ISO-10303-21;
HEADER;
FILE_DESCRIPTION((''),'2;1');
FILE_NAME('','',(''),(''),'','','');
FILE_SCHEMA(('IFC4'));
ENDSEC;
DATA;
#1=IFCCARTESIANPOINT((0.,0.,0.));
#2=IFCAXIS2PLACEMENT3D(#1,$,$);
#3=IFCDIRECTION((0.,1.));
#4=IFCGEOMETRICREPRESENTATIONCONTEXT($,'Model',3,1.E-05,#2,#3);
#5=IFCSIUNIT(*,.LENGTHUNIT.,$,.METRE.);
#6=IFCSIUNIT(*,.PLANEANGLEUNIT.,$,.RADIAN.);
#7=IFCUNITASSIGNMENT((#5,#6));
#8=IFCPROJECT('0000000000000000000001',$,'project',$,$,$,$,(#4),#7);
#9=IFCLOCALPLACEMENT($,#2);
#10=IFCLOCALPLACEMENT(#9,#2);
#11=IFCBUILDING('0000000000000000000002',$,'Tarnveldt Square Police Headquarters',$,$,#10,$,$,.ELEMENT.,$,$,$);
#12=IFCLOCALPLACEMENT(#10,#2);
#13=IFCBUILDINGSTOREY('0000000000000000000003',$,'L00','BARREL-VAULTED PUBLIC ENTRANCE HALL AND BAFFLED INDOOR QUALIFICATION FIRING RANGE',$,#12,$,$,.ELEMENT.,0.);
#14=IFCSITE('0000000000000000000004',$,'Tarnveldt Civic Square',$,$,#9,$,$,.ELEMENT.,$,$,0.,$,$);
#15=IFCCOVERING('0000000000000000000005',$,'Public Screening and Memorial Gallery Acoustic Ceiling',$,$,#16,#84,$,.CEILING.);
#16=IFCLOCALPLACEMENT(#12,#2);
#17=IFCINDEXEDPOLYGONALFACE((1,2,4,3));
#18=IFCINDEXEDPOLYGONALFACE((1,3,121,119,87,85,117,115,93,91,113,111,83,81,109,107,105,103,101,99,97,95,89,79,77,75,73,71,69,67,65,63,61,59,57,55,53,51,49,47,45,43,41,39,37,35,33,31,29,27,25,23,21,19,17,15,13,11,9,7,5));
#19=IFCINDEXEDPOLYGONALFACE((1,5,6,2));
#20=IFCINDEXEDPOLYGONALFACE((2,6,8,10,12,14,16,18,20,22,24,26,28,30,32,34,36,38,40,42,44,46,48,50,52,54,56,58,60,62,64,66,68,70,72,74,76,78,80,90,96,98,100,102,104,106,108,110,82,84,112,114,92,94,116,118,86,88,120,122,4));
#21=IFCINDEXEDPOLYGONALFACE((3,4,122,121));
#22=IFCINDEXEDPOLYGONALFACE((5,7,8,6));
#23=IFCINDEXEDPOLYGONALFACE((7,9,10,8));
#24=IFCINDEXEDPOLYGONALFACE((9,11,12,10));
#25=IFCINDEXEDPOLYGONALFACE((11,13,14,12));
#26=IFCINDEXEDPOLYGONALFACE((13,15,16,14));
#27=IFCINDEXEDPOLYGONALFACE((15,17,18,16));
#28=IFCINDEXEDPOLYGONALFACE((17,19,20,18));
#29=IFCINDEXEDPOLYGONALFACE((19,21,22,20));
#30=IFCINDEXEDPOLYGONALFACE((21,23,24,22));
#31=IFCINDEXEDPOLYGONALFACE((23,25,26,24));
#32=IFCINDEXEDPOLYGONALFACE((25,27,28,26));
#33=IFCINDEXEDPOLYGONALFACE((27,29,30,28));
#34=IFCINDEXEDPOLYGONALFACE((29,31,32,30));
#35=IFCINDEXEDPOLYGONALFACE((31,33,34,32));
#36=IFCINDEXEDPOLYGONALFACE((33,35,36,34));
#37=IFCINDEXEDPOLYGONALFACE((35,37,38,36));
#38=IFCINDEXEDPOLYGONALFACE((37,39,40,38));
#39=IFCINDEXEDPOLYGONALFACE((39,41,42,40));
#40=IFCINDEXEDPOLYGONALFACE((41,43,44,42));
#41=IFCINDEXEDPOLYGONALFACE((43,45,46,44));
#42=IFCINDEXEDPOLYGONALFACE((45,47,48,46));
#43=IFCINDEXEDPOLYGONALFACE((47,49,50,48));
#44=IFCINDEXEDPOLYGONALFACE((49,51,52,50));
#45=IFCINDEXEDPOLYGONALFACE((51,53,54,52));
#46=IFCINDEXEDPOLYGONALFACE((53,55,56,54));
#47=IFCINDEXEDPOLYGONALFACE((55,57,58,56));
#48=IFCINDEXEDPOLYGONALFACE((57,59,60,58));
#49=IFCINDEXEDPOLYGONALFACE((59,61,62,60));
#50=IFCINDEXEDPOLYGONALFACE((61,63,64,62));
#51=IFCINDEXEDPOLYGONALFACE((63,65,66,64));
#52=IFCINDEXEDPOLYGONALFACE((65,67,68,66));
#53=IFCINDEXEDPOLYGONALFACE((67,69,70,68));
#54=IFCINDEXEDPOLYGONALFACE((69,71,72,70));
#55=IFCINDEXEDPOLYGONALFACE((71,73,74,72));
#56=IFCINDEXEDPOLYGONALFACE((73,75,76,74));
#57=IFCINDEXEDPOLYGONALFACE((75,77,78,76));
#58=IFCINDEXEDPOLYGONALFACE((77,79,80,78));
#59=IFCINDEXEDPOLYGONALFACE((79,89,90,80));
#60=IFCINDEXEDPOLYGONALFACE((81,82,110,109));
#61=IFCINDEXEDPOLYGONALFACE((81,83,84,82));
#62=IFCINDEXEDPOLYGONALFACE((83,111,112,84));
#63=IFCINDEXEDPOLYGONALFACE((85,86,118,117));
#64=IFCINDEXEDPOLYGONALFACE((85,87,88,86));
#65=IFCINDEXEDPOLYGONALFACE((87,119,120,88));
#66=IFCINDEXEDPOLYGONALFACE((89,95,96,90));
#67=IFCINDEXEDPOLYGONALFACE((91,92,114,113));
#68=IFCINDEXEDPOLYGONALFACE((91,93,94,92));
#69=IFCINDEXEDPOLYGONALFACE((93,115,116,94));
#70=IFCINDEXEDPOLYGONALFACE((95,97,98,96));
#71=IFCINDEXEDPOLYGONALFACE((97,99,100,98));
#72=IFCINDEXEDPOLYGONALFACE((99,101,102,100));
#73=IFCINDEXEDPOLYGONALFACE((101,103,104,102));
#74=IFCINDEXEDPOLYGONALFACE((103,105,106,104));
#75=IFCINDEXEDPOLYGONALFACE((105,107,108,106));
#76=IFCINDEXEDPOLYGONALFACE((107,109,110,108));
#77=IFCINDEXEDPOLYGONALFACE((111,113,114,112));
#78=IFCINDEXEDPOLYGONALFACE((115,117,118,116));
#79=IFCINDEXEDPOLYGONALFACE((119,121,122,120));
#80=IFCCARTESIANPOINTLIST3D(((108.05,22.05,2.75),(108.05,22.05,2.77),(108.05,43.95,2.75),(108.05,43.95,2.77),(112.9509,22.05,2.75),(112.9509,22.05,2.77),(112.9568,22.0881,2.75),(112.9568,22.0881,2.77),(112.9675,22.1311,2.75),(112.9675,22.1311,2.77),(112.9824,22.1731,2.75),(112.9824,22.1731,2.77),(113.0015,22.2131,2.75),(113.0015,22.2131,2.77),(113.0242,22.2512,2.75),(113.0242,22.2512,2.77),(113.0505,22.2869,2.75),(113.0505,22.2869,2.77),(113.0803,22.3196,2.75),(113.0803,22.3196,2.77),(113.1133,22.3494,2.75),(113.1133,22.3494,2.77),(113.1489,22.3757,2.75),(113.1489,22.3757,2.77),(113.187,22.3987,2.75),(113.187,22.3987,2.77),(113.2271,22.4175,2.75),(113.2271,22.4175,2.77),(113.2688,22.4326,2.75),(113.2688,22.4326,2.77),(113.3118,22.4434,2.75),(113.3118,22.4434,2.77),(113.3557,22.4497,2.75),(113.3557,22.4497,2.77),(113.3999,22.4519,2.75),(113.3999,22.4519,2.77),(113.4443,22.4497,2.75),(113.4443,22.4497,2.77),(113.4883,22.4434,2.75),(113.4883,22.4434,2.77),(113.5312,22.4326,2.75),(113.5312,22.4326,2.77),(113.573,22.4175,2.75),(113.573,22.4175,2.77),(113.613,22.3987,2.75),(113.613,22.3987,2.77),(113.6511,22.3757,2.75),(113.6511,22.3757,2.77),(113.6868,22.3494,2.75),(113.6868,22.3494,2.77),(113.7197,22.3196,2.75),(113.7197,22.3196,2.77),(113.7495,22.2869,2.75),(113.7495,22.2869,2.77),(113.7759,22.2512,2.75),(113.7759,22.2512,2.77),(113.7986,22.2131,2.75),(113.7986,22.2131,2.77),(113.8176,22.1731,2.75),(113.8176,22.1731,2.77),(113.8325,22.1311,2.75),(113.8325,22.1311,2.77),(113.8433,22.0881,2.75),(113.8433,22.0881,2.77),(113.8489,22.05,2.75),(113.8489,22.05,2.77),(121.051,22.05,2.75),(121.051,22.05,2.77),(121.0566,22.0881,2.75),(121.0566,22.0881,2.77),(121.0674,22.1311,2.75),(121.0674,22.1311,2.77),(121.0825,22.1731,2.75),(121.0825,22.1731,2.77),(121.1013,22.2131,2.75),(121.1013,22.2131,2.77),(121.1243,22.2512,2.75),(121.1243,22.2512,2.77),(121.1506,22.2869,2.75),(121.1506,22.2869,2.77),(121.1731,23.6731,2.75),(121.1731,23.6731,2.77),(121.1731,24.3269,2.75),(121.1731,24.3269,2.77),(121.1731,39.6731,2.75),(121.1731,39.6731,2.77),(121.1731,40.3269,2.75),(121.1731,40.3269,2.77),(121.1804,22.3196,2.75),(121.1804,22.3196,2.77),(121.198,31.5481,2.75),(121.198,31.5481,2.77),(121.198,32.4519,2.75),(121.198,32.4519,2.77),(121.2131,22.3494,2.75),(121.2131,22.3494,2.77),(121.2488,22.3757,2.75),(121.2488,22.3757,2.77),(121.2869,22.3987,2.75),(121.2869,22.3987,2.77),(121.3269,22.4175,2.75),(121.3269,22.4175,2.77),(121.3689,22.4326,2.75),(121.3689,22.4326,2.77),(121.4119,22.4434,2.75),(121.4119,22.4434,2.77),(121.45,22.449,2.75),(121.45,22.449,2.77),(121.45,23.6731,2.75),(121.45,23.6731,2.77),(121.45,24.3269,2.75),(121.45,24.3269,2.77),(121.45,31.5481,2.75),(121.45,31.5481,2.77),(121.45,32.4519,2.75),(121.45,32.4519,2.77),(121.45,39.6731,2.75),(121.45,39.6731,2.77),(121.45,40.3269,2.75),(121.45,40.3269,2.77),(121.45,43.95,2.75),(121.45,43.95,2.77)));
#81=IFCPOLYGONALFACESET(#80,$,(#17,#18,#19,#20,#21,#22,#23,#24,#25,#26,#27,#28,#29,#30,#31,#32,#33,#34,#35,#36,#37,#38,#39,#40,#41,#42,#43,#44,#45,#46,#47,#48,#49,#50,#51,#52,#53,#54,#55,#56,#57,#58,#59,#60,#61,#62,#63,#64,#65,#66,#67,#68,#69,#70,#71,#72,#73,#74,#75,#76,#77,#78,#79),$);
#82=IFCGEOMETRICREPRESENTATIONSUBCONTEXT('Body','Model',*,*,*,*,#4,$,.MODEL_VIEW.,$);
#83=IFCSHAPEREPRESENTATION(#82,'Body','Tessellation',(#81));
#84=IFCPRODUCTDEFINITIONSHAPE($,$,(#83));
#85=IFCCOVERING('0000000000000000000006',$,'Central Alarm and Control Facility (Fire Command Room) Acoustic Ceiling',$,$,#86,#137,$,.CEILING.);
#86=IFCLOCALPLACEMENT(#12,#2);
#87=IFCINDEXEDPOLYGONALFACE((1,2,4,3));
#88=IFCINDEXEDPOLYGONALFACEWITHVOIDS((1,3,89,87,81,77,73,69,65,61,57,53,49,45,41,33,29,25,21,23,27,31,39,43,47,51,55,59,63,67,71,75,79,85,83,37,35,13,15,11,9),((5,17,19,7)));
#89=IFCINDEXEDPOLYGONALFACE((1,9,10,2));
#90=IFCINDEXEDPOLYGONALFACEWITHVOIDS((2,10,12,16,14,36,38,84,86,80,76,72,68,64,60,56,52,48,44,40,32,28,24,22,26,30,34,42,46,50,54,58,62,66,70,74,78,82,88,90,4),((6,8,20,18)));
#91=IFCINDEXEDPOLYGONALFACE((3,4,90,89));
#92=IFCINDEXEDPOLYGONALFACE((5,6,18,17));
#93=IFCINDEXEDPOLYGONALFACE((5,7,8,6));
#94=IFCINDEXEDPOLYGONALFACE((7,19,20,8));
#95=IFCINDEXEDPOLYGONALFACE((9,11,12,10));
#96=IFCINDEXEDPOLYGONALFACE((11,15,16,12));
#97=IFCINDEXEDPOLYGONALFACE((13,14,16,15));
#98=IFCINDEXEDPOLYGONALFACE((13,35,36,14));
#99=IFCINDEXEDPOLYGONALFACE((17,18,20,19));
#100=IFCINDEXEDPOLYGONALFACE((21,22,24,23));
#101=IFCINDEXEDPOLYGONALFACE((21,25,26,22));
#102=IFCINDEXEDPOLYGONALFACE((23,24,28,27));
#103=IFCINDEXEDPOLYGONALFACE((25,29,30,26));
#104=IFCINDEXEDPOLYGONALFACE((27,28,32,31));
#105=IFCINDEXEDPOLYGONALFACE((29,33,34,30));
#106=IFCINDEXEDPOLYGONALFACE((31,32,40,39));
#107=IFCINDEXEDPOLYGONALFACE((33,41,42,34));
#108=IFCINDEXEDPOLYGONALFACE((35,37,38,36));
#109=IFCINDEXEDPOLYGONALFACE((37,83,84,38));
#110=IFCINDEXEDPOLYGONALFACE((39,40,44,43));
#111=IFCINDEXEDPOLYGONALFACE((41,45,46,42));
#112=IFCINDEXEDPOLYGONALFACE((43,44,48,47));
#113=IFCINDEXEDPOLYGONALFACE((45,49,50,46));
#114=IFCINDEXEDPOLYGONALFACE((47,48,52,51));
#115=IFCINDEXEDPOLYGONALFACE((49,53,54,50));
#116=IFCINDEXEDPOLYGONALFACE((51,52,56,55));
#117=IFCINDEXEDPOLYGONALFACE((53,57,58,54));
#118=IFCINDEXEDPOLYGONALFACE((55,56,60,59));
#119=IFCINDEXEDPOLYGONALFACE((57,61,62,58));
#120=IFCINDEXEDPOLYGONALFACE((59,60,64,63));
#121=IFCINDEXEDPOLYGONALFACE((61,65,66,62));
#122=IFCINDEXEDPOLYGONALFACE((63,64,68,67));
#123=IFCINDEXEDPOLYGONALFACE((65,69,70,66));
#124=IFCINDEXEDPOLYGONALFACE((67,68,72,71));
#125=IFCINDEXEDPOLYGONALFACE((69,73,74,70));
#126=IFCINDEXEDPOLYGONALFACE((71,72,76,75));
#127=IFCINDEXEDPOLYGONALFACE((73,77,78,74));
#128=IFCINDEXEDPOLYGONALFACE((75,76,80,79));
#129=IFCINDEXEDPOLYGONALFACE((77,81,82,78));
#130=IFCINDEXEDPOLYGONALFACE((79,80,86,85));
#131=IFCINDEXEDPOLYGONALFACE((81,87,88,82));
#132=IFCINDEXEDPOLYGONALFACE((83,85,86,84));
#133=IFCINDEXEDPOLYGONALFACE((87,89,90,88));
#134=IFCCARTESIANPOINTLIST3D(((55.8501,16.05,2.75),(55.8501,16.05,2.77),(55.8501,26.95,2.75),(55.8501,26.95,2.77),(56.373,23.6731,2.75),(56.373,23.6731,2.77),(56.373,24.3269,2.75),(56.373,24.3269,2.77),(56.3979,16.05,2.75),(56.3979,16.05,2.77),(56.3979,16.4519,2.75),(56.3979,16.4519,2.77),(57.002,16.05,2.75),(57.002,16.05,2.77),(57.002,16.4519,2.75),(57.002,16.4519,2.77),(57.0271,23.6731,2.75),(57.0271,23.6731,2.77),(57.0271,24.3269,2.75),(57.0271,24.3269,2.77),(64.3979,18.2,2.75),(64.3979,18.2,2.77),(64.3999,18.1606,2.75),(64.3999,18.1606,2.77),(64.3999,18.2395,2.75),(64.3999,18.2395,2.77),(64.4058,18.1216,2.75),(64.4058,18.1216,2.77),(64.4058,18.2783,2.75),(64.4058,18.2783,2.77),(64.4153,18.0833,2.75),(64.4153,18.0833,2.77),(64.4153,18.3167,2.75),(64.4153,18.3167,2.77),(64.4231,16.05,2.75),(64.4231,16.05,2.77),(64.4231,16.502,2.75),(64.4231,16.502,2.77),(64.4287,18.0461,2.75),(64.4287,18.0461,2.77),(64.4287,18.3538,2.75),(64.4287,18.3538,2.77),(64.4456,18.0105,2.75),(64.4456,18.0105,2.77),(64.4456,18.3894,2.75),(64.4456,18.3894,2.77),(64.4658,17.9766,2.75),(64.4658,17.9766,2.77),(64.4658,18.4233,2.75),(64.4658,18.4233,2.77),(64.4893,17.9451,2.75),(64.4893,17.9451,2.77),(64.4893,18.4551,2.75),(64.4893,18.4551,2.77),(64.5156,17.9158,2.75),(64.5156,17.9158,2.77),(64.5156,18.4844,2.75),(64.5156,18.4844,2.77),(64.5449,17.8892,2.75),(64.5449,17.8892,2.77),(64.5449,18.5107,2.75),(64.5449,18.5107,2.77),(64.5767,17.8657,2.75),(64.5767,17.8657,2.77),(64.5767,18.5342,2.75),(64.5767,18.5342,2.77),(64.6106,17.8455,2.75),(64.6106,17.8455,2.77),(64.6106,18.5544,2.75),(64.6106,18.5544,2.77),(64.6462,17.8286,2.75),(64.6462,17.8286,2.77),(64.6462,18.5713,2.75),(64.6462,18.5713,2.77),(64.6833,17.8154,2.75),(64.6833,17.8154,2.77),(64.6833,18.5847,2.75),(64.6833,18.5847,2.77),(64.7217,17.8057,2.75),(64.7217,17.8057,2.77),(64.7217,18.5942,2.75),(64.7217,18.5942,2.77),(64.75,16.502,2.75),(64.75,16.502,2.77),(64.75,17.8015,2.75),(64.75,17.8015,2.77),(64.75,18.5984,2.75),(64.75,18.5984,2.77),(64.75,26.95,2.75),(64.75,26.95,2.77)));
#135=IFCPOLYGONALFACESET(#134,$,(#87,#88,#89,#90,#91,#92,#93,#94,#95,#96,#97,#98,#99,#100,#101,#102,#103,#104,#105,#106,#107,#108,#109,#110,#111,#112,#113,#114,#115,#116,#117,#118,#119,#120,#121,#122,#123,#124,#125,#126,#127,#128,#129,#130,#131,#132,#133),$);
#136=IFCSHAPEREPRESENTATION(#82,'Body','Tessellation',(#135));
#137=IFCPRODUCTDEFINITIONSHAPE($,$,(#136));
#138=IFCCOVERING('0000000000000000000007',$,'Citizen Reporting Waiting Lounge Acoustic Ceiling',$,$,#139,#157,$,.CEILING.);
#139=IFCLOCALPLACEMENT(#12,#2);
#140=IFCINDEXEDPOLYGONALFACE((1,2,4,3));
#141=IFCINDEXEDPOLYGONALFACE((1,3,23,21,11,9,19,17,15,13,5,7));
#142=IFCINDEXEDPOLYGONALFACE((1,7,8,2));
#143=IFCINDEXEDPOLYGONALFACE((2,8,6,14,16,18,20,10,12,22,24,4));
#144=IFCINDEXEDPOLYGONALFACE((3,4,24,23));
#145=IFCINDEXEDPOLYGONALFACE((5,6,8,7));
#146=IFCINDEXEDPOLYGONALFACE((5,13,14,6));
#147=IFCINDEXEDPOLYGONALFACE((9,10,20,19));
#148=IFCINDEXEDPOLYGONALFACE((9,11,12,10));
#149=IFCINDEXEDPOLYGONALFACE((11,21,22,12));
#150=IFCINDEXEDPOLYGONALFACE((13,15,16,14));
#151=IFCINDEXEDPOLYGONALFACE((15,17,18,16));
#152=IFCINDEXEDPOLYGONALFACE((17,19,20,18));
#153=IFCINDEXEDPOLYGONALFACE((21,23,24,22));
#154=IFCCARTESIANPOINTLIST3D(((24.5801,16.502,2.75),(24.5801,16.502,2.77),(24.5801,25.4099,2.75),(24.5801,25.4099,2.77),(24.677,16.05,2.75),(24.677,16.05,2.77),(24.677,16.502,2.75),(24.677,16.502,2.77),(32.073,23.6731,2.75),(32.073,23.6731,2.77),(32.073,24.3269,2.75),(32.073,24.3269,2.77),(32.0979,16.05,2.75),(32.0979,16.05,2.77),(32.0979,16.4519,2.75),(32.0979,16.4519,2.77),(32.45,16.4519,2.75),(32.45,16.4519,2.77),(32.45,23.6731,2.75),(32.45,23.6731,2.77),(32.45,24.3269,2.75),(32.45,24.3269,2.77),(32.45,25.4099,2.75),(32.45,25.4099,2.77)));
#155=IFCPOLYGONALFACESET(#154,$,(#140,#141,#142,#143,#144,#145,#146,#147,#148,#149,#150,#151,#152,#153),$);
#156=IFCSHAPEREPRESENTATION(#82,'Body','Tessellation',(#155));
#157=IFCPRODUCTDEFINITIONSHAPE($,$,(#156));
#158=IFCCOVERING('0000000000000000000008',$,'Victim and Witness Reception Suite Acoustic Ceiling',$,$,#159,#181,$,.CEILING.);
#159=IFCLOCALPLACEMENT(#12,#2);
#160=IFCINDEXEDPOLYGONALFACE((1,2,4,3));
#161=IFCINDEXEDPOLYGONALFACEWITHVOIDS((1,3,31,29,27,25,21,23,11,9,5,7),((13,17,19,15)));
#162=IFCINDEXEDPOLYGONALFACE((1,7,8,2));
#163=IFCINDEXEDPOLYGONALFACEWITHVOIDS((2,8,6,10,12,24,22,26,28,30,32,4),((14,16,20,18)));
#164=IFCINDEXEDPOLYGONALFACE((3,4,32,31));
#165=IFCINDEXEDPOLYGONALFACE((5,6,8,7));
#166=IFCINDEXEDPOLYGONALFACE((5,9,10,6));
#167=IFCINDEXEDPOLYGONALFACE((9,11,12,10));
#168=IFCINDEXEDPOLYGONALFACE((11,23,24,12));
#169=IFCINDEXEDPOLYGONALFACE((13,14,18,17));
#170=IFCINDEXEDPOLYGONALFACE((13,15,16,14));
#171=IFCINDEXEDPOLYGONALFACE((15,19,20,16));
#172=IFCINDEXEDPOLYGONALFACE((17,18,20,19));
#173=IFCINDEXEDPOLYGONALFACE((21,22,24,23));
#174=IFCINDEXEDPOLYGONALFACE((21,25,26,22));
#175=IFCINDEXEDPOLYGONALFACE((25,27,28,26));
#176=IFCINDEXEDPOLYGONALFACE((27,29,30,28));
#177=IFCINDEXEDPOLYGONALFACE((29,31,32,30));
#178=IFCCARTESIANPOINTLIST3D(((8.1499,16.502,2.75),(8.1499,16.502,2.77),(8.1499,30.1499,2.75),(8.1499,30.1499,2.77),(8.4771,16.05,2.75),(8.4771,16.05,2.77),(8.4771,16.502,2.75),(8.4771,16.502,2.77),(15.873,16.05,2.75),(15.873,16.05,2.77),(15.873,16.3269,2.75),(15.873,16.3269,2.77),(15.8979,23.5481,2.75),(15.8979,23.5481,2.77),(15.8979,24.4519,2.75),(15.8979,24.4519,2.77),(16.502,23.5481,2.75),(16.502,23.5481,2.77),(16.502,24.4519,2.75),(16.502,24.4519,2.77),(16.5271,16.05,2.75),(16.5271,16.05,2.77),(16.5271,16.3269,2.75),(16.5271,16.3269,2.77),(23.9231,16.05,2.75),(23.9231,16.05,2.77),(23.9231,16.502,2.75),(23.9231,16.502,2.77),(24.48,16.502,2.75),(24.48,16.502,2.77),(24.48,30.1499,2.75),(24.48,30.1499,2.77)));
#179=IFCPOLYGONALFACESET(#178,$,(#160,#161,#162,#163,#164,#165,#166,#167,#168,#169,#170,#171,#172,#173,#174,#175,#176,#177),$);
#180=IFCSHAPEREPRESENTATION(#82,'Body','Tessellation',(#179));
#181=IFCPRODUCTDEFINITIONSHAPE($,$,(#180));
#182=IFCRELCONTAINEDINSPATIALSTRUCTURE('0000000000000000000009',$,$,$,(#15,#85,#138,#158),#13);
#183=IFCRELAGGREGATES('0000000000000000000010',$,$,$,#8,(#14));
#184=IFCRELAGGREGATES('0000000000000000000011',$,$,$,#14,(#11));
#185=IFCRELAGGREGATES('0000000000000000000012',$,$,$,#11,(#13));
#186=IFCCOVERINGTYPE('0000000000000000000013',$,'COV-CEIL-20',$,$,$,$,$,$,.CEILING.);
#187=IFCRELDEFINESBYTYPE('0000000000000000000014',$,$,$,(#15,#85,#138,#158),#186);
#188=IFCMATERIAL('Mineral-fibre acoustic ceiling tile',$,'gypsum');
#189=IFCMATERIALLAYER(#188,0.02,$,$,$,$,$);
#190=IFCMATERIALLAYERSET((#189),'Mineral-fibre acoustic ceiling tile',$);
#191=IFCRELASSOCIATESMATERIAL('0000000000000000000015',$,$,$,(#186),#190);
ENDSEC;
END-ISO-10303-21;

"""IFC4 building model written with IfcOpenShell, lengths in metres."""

from ifc_helpers import new_model, si_unit, direction, frame, origin, place, context, subcontext, project, spatial, polyline, outline, extrude, material, layer, layer_set, type_object, element, save


model = new_model("IFC4")

# Units and contexts
model_context = context("Model", 3, precision=1e-05, world=origin(), true_north=direction((0.0, 1.0)))
body_context = subcontext(model_context, "Body", "Model", "MODEL_VIEW")
ifc_project = project(units=[si_unit("LENGTHUNIT", "METRE"), si_unit("PLANEANGLEUNIT", "RADIAN")], contexts=[model_context])

# Site, building, storey
site_placement = place(None, origin())
site = spatial("IfcSite", under=ifc_project, at=site_placement, Name="Tarnveldt Civic Square", CompositionType="ELEMENT", RefElevation=0.0)
building_placement = place(site_placement, origin())
building = spatial("IfcBuilding", under=site, at=building_placement, Name="Tarnveldt Square Police Headquarters", CompositionType="ELEMENT")
storey_placement = place(building_placement, origin())
storey = spatial("IfcBuildingStorey", under=building, at=storey_placement, Name="L00", Description="BARREL-VAULTED PUBLIC ENTRANCE HALL AND BAFFLED INDOOR QUALIFICATION FIRING RANGE", CompositionType="ELEMENT", Elevation=0.0)

# Coverings
ifc_material_1 = material(Name="Mineral-fibre acoustic ceiling tile", Category="gypsum")
ifc_layer_1 = layer(ifc_material_1, 0.02)
ifc_layer_set_1 = layer_set([ifc_layer_1], Name="Mineral-fibre acoustic ceiling tile")
covering_type_1 = type_object("IfcCoveringType", Name="COV-CEIL-20", PredefinedType="CEILING", material=ifc_layer_set_1)
covering_1_placement = place(storey_placement, frame((0.0, 0.0, 2.75)))
element("IfcCovering", 1, at=covering_1_placement, inside=storey, type_object=covering_type_1, Name="Public Screening and Memorial Gallery Acoustic Ceiling", PredefinedType="CEILING", context=body_context, shape_type="SweptSolid", body=[
    extrude(outline(polyline([(121.45, 22.449), (121.4119, 22.4434), (121.3689, 22.4326), (121.3269, 22.4175), (121.2869, 22.3987), (121.2488, 22.3757), (121.2131, 22.3494), (121.1804, 22.3196), (121.1506, 22.2869), (121.1243, 22.2512), (121.1013, 22.2131), (121.0825, 22.1731), (121.0674, 22.1311), (121.0566, 22.0881), (121.051, 22.05), (113.8489, 22.05), (113.8433, 22.0881), (113.8325, 22.1311), (113.8176, 22.1731), (113.7986, 22.2131), (113.7759, 22.2512), (113.7495, 22.2869), (113.7197, 22.3196), (113.6868, 22.3494), (113.6511, 22.3757), (113.613, 22.3987), (113.573, 22.4175), (113.5312, 22.4326), (113.4883, 22.4434), (113.4443, 22.4497), (113.3999, 22.4519), (113.3557, 22.4497), (113.3118, 22.4434), (113.2688, 22.4326), (113.2271, 22.4175), (113.187, 22.3987), (113.1489, 22.3757), (113.1133, 22.3494), (113.0803, 22.3196), (113.0505, 22.2869), (113.0242, 22.2512), (113.0015, 22.2131), (112.9824, 22.1731), (112.9675, 22.1311), (112.9568, 22.0881), (112.9509, 22.05), (108.05, 22.05), (108.05, 43.95), (121.45, 43.95), (121.45, 40.3269), (121.1731, 40.3269), (121.1731, 39.6731), (121.45, 39.6731), (121.45, 32.4519), (121.198, 32.4519), (121.198, 31.5481), (121.45, 31.5481), (121.45, 24.3269), (121.1731, 24.3269), (121.1731, 23.6731), (121.45, 23.6731), (121.45, 22.449)])), origin(), (0.0, 0.0, 1.0), 0.02),
])
covering_2_placement = place(storey_placement, frame((0.0, 0.0, 2.75)))
element("IfcCovering", 2, at=covering_2_placement, inside=storey, type_object=covering_type_1, Name="Central Alarm and Control Facility (Fire Command Room) Acoustic Ceiling", PredefinedType="CEILING", context=body_context, shape_type="SweptSolid", body=[
    extrude(outline(polyline([(64.75, 16.502), (64.4231, 16.502), (64.4231, 16.05), (57.002, 16.05), (57.002, 16.4519), (56.3979, 16.4519), (56.3979, 16.05), (55.8501, 16.05), (55.8501, 26.95), (64.75, 26.95), (64.75, 18.5984), (64.7217, 18.5942), (64.6833, 18.5847), (64.6462, 18.5713), (64.6106, 18.5544), (64.5767, 18.5342), (64.5449, 18.5107), (64.5156, 18.4844), (64.4893, 18.4551), (64.4658, 18.4233), (64.4456, 18.3894), (64.4287, 18.3538), (64.4153, 18.3167), (64.4058, 18.2783), (64.3999, 18.2395), (64.3979, 18.2), (64.3999, 18.1606), (64.4058, 18.1216), (64.4153, 18.0833), (64.4287, 18.0461), (64.4456, 18.0105), (64.4658, 17.9766), (64.4893, 17.9451), (64.5156, 17.9158), (64.5449, 17.8892), (64.5767, 17.8657), (64.6106, 17.8455), (64.6462, 17.8286), (64.6833, 17.8154), (64.7217, 17.8057), (64.75, 17.8015), (64.75, 16.502)]), holes=[polyline([(57.0271, 24.3269), (56.373, 24.3269), (56.373, 23.6731), (57.0271, 23.6731), (57.0271, 24.3269)])]), origin(), (0.0, 0.0, 1.0), 0.02),
])
covering_3_placement = place(storey_placement, frame((0.0, 0.0, 2.75)))
element("IfcCovering", 3, at=covering_3_placement, inside=storey, type_object=covering_type_1, Name="Citizen Reporting Waiting Lounge Acoustic Ceiling", PredefinedType="CEILING", context=body_context, shape_type="SweptSolid", body=[
    extrude(outline(polyline([(32.45, 16.4519), (32.0979, 16.4519), (32.0979, 16.05), (24.677, 16.05), (24.677, 16.502), (24.5801, 16.502), (24.5801, 25.4099), (32.45, 25.4099), (32.45, 24.3269), (32.073, 24.3269), (32.073, 23.6731), (32.45, 23.6731), (32.45, 16.4519)])), origin(), (0.0, 0.0, 1.0), 0.02),
])
covering_4_placement = place(storey_placement, frame((0.0, 0.0, 2.75)))
element("IfcCovering", 4, at=covering_4_placement, inside=storey, type_object=covering_type_1, Name="Victim and Witness Reception Suite Acoustic Ceiling", PredefinedType="CEILING", context=body_context, shape_type="SweptSolid", body=[
    extrude(outline(polyline([(8.1499, 30.1499), (24.48, 30.1499), (24.48, 16.502), (23.9231, 16.502), (23.9231, 16.05), (16.5271, 16.05), (16.5271, 16.3269), (15.873, 16.3269), (15.873, 16.05), (8.4771, 16.05), (8.4771, 16.502), (8.1499, 16.502), (8.1499, 30.1499)]), holes=[polyline([(16.502, 24.4519), (15.8979, 24.4519), (15.8979, 23.5481), (16.502, 23.5481), (16.502, 24.4519)])]), origin(), (0.0, 0.0, 1.0), 0.02),
])

save(model, "model.ifc")
